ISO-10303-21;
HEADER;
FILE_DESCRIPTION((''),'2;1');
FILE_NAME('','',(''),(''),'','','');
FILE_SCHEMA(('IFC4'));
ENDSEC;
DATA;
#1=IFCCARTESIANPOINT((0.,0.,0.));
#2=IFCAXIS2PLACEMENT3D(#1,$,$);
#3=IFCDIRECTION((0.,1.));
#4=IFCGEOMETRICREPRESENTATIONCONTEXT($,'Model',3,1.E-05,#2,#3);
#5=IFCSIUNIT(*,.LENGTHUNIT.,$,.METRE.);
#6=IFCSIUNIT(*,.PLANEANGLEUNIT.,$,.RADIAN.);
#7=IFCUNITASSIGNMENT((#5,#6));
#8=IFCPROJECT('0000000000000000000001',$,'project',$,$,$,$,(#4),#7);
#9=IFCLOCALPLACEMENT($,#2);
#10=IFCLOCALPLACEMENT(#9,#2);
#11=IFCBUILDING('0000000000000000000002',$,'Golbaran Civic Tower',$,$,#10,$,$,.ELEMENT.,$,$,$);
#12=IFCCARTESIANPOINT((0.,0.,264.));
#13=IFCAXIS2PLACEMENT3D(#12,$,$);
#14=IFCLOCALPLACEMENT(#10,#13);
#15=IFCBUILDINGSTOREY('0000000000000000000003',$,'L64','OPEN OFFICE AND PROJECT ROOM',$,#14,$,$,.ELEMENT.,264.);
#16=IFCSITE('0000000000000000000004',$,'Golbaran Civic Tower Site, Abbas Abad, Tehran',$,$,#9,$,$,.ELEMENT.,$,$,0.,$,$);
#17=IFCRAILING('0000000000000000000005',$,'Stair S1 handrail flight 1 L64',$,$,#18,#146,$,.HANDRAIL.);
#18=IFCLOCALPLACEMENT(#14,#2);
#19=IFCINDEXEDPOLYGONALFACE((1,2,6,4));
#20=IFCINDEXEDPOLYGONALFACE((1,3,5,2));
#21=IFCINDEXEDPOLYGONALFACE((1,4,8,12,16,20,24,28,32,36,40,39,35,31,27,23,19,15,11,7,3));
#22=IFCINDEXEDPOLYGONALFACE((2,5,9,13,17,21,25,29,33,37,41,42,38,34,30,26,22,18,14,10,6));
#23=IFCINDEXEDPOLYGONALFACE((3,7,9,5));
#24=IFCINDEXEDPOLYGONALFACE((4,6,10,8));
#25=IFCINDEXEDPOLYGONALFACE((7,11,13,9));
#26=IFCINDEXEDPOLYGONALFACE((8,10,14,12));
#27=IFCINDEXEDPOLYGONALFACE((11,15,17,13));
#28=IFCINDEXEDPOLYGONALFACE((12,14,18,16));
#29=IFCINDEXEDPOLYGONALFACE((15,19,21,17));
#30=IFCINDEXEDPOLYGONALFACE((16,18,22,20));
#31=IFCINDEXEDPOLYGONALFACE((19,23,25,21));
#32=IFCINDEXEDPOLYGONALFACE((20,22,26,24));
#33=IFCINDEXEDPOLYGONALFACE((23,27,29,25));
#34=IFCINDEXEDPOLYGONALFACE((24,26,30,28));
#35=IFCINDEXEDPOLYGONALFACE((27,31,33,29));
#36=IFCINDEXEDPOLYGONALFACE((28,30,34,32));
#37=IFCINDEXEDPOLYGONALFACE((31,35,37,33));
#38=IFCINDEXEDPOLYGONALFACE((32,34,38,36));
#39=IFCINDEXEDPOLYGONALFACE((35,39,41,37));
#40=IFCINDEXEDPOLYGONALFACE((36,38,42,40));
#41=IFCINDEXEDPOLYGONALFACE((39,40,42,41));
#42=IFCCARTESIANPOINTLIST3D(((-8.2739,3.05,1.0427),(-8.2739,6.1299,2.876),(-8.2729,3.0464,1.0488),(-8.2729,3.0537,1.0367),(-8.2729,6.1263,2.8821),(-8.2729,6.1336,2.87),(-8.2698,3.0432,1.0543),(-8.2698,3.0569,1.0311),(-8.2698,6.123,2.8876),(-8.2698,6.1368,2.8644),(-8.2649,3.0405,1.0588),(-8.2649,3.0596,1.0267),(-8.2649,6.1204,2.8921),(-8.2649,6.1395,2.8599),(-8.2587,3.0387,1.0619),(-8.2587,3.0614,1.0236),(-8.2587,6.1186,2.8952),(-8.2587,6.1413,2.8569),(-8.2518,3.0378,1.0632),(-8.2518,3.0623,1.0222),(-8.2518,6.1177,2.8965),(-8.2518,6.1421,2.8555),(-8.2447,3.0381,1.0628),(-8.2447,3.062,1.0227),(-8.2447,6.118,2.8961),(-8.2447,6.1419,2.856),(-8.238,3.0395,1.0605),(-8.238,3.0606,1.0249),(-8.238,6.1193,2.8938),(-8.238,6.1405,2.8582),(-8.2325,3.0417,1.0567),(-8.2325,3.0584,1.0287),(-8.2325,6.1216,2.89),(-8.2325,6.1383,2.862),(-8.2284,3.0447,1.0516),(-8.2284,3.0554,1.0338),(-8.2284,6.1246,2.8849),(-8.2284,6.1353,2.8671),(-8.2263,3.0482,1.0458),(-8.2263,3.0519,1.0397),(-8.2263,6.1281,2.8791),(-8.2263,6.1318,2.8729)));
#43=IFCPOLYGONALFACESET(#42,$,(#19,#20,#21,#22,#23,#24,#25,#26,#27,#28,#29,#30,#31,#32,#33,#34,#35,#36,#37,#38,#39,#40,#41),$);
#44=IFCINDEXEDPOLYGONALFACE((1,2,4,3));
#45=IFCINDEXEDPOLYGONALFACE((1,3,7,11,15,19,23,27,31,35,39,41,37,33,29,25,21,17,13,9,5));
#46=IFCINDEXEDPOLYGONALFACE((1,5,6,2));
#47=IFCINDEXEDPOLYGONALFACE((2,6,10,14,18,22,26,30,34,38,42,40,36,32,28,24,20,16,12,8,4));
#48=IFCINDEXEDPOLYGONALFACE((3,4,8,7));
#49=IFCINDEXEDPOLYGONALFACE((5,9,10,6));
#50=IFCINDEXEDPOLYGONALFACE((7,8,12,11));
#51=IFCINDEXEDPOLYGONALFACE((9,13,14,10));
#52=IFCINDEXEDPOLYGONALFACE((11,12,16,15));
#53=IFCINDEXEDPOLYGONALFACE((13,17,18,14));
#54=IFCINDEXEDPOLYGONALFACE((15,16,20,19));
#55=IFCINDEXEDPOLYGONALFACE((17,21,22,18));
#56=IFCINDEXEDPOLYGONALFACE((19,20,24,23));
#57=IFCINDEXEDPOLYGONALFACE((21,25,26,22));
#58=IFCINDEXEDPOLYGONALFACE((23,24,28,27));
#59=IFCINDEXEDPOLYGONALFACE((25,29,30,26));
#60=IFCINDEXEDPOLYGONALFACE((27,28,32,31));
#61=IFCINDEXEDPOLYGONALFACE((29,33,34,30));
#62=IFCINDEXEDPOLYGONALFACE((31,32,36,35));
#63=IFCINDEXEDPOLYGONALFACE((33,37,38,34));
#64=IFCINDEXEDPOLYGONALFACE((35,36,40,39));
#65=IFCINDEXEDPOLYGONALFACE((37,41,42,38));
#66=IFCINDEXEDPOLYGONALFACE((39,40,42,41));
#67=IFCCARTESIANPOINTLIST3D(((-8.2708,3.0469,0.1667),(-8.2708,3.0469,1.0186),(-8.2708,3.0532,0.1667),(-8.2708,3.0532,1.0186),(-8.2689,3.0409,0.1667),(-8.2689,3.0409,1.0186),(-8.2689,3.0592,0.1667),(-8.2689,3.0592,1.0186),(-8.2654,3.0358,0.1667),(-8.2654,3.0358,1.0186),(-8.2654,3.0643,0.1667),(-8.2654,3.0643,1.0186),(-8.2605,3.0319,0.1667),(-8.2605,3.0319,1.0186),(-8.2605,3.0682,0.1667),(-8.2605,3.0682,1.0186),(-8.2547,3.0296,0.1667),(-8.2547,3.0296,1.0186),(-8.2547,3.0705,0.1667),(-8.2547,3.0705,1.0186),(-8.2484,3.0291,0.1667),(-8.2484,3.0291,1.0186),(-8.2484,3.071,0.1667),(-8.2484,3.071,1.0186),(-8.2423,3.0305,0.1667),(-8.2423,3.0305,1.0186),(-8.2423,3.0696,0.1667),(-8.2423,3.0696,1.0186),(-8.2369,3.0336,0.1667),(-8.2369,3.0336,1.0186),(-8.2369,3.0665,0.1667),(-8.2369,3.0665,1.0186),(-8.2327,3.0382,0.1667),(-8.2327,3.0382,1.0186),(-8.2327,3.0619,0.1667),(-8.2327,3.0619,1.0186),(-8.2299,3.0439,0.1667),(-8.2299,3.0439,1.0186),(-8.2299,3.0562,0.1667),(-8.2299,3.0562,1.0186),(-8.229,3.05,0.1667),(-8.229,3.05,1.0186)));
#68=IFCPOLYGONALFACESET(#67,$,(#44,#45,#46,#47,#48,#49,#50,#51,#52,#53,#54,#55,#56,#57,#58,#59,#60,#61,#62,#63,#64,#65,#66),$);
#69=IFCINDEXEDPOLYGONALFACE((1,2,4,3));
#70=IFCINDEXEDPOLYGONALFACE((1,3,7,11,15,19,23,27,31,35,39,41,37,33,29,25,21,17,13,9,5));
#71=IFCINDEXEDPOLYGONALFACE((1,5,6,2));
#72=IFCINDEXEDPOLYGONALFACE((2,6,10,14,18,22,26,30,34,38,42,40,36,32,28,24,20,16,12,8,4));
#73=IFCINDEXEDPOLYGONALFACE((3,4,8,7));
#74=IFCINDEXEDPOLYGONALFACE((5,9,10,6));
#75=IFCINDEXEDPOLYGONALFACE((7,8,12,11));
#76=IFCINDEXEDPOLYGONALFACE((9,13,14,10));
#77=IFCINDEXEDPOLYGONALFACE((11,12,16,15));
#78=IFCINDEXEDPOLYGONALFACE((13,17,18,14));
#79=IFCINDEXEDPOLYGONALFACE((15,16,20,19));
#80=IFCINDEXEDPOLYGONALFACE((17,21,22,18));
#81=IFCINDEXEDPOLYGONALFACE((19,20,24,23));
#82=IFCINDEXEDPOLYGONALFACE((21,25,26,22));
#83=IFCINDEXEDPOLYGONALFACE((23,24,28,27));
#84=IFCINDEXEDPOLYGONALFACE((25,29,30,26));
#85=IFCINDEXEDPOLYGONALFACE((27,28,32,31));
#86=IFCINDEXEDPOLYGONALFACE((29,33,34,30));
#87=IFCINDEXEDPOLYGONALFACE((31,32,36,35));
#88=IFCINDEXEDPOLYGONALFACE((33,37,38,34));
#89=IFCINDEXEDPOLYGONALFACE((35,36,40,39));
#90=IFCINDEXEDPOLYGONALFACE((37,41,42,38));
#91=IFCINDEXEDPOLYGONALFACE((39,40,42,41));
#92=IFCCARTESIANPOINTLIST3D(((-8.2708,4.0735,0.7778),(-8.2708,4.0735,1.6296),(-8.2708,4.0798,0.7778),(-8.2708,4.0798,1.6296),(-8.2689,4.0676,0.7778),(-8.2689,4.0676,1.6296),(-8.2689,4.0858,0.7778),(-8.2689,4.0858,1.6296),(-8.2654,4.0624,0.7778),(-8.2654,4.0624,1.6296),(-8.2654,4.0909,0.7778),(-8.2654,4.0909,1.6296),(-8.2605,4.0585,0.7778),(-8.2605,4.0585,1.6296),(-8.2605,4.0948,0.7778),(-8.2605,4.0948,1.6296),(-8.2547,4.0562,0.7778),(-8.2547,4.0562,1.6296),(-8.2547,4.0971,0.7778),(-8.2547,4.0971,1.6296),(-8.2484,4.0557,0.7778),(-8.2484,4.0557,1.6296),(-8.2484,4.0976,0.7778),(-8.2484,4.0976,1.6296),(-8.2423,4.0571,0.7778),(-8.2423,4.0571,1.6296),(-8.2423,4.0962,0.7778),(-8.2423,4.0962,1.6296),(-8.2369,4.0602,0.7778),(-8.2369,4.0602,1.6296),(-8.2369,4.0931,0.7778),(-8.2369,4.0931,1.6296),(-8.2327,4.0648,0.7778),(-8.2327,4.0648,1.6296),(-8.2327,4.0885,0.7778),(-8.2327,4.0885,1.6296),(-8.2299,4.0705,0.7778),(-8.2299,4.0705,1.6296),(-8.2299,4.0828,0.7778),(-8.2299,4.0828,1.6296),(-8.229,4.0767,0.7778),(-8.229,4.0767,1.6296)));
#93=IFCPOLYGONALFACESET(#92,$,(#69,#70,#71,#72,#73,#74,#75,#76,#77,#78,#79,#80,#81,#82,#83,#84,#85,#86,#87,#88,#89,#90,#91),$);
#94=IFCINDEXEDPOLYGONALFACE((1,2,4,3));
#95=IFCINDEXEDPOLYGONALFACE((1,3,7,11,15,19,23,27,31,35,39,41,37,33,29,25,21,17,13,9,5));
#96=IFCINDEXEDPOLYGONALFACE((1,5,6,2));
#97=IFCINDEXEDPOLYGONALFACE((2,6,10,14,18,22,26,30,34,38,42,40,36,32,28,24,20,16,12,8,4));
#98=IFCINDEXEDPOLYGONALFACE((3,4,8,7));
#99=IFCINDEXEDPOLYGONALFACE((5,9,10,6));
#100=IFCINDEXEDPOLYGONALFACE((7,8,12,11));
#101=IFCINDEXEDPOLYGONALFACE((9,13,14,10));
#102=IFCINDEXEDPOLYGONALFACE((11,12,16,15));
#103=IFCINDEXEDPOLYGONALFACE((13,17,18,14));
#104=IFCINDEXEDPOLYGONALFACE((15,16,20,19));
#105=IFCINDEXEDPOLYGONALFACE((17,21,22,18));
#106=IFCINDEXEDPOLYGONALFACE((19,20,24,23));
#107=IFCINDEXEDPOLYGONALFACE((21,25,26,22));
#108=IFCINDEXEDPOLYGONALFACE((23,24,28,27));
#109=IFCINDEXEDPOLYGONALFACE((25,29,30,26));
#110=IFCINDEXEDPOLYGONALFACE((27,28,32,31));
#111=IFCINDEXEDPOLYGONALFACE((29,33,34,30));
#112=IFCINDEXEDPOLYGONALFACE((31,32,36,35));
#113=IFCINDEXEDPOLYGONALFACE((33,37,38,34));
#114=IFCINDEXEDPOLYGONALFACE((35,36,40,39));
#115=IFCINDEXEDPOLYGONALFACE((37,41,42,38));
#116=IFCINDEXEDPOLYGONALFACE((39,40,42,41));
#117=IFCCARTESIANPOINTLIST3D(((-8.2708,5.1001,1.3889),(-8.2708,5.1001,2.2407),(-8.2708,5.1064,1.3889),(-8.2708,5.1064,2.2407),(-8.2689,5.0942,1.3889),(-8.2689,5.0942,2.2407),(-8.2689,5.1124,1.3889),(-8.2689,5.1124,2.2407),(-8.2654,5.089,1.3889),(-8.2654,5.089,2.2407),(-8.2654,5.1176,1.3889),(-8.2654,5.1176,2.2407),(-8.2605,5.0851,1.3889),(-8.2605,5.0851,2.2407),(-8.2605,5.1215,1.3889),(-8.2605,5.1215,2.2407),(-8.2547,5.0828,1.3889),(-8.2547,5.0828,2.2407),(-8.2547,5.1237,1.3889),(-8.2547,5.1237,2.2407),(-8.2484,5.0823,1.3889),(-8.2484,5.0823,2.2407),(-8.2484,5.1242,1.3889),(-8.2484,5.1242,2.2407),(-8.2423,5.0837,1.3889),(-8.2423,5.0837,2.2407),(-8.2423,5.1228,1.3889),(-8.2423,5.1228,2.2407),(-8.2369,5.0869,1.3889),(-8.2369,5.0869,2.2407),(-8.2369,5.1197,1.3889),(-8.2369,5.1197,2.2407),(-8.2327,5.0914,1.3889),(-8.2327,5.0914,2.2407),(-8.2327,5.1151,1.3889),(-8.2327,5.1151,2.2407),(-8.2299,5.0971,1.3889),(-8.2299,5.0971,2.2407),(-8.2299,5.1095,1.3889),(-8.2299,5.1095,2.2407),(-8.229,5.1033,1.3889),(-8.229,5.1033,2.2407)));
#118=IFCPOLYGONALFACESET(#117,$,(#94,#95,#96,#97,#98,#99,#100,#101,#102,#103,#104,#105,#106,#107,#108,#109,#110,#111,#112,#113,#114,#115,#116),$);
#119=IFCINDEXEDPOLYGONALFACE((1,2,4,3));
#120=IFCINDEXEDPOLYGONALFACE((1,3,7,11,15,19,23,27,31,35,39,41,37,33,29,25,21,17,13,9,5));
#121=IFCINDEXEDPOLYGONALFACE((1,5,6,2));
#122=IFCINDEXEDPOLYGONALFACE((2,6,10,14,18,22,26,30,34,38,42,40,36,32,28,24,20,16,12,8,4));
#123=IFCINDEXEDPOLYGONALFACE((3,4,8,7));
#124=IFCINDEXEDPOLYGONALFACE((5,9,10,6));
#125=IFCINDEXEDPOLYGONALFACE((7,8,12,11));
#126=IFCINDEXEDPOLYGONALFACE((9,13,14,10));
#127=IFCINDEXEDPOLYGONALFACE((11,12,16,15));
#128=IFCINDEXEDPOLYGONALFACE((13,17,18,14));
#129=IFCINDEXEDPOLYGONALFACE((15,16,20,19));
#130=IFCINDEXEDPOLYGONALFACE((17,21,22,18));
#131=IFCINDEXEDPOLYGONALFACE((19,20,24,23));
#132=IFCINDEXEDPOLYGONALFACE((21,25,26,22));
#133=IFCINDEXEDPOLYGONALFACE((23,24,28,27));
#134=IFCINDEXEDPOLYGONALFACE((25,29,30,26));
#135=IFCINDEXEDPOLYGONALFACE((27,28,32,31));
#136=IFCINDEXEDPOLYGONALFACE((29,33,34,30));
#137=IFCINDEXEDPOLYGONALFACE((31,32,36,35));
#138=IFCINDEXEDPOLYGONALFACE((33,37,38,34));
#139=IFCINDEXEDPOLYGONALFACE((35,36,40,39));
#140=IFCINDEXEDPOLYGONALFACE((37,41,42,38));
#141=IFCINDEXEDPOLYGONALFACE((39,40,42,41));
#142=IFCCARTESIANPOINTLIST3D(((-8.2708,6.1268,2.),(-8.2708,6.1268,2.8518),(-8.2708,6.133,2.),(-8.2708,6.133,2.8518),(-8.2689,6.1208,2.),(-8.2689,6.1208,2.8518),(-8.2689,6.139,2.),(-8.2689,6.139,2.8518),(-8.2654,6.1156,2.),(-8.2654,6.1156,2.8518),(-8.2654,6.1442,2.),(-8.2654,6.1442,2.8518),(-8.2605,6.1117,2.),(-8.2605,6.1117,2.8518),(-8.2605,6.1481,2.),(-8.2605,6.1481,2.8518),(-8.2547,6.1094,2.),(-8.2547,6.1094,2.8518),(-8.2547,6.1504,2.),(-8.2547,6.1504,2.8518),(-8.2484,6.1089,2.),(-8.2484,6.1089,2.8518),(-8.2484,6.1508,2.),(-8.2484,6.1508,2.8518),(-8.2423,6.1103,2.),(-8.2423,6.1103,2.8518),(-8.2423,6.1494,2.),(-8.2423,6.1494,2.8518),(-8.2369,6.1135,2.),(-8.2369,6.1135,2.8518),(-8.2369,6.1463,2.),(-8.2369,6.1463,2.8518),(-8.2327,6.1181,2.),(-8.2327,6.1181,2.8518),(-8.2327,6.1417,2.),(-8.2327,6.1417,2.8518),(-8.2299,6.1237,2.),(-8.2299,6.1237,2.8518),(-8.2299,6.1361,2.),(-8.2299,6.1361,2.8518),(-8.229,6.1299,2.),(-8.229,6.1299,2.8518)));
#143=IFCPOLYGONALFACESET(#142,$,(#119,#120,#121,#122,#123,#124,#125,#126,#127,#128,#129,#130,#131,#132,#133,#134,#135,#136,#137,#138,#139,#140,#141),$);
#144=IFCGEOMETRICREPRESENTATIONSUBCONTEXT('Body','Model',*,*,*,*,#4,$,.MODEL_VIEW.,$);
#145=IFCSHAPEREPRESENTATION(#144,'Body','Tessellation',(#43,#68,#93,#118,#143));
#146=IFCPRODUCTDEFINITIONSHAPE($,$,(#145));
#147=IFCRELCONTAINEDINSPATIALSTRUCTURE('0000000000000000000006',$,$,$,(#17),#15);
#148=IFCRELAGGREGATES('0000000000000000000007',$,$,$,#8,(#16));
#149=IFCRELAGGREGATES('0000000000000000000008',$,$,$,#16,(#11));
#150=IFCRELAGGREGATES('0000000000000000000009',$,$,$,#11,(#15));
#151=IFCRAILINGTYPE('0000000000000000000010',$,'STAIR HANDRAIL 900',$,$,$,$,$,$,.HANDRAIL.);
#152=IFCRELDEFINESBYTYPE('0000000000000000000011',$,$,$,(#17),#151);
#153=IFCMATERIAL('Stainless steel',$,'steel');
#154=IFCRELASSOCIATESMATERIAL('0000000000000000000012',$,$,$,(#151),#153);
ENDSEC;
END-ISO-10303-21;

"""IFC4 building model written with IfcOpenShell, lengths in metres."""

from ifc_helpers import new_model, si_unit, direction, frame, origin, origin_2d, place, context, subcontext, project, spatial, circle, extrude, material, type_object, element, save


model = new_model("IFC4")

# Units and contexts
model_context = context("Model", 3, precision=1e-05, world=origin(), true_north=direction((0.0, 1.0)))
body_context = subcontext(model_context, "Body", "Model", "MODEL_VIEW")
ifc_project = project(units=[si_unit("LENGTHUNIT", "METRE"), si_unit("PLANEANGLEUNIT", "RADIAN")], contexts=[model_context])

# Site, building, storey
site_placement = place(None, origin())
site = spatial("IfcSite", under=ifc_project, at=site_placement, Name="Golbaran Civic Tower Site, Abbas Abad, Tehran", CompositionType="ELEMENT", RefElevation=0.0)
building_placement = place(site_placement, origin())
building = spatial("IfcBuilding", under=site, at=building_placement, Name="Golbaran Civic Tower", CompositionType="ELEMENT")
storey_placement = place(building_placement, frame((0.0, 0.0, 264.0)))
storey = spatial("IfcBuildingStorey", under=building, at=storey_placement, Name="L64", Description="OPEN OFFICE AND PROJECT ROOM", CompositionType="ELEMENT", Elevation=264.0)

# Shared definitions
ifc_material_1 = material(Name="Stainless steel", Category="steel")

# Railing
railing_type = type_object("IfcRailingType", Name="STAIR HANDRAIL 900", PredefinedType="HANDRAIL", material=ifc_material_1)
railing_1_placement = place(storey_placement, frame((-8.25, 3.05, 0.1667)))
element("IfcRailing", 1, at=railing_1_placement, inside=storey, type_object=railing_type, Name="Stair S1 handrail flight 1 L64", PredefinedType="HANDRAIL", context=body_context, shape_type="SweptSolid", body=[
    extrude(circle(Radius=0.0239, at=origin_2d()), frame((0.0, 0.0, 0.876), z_axis=(0.0, 0.859291, 0.511487), x_axis=(-1.0, 0.0, 0.0)), (0.0, 0.0, 1.0), 3.5842),
    extrude(circle(Radius=0.021, at=origin_2d()), origin(), (0.0, 0.0, 1.0), 0.8518),
    extrude(circle(Radius=0.021, at=origin_2d()), frame((0.0, 1.0266, 0.6111)), (0.0, 0.0, 1.0), 0.8518),
    extrude(circle(Radius=0.021, at=origin_2d()), frame((0.0, 2.0532, 1.2222)), (0.0, 0.0, 1.0), 0.8518),
    extrude(circle(Radius=0.021, at=origin_2d()), frame((0.0, 3.0798, 1.8333)), (0.0, 0.0, 1.0), 0.8518),
])

save(model, "model.ifc")
